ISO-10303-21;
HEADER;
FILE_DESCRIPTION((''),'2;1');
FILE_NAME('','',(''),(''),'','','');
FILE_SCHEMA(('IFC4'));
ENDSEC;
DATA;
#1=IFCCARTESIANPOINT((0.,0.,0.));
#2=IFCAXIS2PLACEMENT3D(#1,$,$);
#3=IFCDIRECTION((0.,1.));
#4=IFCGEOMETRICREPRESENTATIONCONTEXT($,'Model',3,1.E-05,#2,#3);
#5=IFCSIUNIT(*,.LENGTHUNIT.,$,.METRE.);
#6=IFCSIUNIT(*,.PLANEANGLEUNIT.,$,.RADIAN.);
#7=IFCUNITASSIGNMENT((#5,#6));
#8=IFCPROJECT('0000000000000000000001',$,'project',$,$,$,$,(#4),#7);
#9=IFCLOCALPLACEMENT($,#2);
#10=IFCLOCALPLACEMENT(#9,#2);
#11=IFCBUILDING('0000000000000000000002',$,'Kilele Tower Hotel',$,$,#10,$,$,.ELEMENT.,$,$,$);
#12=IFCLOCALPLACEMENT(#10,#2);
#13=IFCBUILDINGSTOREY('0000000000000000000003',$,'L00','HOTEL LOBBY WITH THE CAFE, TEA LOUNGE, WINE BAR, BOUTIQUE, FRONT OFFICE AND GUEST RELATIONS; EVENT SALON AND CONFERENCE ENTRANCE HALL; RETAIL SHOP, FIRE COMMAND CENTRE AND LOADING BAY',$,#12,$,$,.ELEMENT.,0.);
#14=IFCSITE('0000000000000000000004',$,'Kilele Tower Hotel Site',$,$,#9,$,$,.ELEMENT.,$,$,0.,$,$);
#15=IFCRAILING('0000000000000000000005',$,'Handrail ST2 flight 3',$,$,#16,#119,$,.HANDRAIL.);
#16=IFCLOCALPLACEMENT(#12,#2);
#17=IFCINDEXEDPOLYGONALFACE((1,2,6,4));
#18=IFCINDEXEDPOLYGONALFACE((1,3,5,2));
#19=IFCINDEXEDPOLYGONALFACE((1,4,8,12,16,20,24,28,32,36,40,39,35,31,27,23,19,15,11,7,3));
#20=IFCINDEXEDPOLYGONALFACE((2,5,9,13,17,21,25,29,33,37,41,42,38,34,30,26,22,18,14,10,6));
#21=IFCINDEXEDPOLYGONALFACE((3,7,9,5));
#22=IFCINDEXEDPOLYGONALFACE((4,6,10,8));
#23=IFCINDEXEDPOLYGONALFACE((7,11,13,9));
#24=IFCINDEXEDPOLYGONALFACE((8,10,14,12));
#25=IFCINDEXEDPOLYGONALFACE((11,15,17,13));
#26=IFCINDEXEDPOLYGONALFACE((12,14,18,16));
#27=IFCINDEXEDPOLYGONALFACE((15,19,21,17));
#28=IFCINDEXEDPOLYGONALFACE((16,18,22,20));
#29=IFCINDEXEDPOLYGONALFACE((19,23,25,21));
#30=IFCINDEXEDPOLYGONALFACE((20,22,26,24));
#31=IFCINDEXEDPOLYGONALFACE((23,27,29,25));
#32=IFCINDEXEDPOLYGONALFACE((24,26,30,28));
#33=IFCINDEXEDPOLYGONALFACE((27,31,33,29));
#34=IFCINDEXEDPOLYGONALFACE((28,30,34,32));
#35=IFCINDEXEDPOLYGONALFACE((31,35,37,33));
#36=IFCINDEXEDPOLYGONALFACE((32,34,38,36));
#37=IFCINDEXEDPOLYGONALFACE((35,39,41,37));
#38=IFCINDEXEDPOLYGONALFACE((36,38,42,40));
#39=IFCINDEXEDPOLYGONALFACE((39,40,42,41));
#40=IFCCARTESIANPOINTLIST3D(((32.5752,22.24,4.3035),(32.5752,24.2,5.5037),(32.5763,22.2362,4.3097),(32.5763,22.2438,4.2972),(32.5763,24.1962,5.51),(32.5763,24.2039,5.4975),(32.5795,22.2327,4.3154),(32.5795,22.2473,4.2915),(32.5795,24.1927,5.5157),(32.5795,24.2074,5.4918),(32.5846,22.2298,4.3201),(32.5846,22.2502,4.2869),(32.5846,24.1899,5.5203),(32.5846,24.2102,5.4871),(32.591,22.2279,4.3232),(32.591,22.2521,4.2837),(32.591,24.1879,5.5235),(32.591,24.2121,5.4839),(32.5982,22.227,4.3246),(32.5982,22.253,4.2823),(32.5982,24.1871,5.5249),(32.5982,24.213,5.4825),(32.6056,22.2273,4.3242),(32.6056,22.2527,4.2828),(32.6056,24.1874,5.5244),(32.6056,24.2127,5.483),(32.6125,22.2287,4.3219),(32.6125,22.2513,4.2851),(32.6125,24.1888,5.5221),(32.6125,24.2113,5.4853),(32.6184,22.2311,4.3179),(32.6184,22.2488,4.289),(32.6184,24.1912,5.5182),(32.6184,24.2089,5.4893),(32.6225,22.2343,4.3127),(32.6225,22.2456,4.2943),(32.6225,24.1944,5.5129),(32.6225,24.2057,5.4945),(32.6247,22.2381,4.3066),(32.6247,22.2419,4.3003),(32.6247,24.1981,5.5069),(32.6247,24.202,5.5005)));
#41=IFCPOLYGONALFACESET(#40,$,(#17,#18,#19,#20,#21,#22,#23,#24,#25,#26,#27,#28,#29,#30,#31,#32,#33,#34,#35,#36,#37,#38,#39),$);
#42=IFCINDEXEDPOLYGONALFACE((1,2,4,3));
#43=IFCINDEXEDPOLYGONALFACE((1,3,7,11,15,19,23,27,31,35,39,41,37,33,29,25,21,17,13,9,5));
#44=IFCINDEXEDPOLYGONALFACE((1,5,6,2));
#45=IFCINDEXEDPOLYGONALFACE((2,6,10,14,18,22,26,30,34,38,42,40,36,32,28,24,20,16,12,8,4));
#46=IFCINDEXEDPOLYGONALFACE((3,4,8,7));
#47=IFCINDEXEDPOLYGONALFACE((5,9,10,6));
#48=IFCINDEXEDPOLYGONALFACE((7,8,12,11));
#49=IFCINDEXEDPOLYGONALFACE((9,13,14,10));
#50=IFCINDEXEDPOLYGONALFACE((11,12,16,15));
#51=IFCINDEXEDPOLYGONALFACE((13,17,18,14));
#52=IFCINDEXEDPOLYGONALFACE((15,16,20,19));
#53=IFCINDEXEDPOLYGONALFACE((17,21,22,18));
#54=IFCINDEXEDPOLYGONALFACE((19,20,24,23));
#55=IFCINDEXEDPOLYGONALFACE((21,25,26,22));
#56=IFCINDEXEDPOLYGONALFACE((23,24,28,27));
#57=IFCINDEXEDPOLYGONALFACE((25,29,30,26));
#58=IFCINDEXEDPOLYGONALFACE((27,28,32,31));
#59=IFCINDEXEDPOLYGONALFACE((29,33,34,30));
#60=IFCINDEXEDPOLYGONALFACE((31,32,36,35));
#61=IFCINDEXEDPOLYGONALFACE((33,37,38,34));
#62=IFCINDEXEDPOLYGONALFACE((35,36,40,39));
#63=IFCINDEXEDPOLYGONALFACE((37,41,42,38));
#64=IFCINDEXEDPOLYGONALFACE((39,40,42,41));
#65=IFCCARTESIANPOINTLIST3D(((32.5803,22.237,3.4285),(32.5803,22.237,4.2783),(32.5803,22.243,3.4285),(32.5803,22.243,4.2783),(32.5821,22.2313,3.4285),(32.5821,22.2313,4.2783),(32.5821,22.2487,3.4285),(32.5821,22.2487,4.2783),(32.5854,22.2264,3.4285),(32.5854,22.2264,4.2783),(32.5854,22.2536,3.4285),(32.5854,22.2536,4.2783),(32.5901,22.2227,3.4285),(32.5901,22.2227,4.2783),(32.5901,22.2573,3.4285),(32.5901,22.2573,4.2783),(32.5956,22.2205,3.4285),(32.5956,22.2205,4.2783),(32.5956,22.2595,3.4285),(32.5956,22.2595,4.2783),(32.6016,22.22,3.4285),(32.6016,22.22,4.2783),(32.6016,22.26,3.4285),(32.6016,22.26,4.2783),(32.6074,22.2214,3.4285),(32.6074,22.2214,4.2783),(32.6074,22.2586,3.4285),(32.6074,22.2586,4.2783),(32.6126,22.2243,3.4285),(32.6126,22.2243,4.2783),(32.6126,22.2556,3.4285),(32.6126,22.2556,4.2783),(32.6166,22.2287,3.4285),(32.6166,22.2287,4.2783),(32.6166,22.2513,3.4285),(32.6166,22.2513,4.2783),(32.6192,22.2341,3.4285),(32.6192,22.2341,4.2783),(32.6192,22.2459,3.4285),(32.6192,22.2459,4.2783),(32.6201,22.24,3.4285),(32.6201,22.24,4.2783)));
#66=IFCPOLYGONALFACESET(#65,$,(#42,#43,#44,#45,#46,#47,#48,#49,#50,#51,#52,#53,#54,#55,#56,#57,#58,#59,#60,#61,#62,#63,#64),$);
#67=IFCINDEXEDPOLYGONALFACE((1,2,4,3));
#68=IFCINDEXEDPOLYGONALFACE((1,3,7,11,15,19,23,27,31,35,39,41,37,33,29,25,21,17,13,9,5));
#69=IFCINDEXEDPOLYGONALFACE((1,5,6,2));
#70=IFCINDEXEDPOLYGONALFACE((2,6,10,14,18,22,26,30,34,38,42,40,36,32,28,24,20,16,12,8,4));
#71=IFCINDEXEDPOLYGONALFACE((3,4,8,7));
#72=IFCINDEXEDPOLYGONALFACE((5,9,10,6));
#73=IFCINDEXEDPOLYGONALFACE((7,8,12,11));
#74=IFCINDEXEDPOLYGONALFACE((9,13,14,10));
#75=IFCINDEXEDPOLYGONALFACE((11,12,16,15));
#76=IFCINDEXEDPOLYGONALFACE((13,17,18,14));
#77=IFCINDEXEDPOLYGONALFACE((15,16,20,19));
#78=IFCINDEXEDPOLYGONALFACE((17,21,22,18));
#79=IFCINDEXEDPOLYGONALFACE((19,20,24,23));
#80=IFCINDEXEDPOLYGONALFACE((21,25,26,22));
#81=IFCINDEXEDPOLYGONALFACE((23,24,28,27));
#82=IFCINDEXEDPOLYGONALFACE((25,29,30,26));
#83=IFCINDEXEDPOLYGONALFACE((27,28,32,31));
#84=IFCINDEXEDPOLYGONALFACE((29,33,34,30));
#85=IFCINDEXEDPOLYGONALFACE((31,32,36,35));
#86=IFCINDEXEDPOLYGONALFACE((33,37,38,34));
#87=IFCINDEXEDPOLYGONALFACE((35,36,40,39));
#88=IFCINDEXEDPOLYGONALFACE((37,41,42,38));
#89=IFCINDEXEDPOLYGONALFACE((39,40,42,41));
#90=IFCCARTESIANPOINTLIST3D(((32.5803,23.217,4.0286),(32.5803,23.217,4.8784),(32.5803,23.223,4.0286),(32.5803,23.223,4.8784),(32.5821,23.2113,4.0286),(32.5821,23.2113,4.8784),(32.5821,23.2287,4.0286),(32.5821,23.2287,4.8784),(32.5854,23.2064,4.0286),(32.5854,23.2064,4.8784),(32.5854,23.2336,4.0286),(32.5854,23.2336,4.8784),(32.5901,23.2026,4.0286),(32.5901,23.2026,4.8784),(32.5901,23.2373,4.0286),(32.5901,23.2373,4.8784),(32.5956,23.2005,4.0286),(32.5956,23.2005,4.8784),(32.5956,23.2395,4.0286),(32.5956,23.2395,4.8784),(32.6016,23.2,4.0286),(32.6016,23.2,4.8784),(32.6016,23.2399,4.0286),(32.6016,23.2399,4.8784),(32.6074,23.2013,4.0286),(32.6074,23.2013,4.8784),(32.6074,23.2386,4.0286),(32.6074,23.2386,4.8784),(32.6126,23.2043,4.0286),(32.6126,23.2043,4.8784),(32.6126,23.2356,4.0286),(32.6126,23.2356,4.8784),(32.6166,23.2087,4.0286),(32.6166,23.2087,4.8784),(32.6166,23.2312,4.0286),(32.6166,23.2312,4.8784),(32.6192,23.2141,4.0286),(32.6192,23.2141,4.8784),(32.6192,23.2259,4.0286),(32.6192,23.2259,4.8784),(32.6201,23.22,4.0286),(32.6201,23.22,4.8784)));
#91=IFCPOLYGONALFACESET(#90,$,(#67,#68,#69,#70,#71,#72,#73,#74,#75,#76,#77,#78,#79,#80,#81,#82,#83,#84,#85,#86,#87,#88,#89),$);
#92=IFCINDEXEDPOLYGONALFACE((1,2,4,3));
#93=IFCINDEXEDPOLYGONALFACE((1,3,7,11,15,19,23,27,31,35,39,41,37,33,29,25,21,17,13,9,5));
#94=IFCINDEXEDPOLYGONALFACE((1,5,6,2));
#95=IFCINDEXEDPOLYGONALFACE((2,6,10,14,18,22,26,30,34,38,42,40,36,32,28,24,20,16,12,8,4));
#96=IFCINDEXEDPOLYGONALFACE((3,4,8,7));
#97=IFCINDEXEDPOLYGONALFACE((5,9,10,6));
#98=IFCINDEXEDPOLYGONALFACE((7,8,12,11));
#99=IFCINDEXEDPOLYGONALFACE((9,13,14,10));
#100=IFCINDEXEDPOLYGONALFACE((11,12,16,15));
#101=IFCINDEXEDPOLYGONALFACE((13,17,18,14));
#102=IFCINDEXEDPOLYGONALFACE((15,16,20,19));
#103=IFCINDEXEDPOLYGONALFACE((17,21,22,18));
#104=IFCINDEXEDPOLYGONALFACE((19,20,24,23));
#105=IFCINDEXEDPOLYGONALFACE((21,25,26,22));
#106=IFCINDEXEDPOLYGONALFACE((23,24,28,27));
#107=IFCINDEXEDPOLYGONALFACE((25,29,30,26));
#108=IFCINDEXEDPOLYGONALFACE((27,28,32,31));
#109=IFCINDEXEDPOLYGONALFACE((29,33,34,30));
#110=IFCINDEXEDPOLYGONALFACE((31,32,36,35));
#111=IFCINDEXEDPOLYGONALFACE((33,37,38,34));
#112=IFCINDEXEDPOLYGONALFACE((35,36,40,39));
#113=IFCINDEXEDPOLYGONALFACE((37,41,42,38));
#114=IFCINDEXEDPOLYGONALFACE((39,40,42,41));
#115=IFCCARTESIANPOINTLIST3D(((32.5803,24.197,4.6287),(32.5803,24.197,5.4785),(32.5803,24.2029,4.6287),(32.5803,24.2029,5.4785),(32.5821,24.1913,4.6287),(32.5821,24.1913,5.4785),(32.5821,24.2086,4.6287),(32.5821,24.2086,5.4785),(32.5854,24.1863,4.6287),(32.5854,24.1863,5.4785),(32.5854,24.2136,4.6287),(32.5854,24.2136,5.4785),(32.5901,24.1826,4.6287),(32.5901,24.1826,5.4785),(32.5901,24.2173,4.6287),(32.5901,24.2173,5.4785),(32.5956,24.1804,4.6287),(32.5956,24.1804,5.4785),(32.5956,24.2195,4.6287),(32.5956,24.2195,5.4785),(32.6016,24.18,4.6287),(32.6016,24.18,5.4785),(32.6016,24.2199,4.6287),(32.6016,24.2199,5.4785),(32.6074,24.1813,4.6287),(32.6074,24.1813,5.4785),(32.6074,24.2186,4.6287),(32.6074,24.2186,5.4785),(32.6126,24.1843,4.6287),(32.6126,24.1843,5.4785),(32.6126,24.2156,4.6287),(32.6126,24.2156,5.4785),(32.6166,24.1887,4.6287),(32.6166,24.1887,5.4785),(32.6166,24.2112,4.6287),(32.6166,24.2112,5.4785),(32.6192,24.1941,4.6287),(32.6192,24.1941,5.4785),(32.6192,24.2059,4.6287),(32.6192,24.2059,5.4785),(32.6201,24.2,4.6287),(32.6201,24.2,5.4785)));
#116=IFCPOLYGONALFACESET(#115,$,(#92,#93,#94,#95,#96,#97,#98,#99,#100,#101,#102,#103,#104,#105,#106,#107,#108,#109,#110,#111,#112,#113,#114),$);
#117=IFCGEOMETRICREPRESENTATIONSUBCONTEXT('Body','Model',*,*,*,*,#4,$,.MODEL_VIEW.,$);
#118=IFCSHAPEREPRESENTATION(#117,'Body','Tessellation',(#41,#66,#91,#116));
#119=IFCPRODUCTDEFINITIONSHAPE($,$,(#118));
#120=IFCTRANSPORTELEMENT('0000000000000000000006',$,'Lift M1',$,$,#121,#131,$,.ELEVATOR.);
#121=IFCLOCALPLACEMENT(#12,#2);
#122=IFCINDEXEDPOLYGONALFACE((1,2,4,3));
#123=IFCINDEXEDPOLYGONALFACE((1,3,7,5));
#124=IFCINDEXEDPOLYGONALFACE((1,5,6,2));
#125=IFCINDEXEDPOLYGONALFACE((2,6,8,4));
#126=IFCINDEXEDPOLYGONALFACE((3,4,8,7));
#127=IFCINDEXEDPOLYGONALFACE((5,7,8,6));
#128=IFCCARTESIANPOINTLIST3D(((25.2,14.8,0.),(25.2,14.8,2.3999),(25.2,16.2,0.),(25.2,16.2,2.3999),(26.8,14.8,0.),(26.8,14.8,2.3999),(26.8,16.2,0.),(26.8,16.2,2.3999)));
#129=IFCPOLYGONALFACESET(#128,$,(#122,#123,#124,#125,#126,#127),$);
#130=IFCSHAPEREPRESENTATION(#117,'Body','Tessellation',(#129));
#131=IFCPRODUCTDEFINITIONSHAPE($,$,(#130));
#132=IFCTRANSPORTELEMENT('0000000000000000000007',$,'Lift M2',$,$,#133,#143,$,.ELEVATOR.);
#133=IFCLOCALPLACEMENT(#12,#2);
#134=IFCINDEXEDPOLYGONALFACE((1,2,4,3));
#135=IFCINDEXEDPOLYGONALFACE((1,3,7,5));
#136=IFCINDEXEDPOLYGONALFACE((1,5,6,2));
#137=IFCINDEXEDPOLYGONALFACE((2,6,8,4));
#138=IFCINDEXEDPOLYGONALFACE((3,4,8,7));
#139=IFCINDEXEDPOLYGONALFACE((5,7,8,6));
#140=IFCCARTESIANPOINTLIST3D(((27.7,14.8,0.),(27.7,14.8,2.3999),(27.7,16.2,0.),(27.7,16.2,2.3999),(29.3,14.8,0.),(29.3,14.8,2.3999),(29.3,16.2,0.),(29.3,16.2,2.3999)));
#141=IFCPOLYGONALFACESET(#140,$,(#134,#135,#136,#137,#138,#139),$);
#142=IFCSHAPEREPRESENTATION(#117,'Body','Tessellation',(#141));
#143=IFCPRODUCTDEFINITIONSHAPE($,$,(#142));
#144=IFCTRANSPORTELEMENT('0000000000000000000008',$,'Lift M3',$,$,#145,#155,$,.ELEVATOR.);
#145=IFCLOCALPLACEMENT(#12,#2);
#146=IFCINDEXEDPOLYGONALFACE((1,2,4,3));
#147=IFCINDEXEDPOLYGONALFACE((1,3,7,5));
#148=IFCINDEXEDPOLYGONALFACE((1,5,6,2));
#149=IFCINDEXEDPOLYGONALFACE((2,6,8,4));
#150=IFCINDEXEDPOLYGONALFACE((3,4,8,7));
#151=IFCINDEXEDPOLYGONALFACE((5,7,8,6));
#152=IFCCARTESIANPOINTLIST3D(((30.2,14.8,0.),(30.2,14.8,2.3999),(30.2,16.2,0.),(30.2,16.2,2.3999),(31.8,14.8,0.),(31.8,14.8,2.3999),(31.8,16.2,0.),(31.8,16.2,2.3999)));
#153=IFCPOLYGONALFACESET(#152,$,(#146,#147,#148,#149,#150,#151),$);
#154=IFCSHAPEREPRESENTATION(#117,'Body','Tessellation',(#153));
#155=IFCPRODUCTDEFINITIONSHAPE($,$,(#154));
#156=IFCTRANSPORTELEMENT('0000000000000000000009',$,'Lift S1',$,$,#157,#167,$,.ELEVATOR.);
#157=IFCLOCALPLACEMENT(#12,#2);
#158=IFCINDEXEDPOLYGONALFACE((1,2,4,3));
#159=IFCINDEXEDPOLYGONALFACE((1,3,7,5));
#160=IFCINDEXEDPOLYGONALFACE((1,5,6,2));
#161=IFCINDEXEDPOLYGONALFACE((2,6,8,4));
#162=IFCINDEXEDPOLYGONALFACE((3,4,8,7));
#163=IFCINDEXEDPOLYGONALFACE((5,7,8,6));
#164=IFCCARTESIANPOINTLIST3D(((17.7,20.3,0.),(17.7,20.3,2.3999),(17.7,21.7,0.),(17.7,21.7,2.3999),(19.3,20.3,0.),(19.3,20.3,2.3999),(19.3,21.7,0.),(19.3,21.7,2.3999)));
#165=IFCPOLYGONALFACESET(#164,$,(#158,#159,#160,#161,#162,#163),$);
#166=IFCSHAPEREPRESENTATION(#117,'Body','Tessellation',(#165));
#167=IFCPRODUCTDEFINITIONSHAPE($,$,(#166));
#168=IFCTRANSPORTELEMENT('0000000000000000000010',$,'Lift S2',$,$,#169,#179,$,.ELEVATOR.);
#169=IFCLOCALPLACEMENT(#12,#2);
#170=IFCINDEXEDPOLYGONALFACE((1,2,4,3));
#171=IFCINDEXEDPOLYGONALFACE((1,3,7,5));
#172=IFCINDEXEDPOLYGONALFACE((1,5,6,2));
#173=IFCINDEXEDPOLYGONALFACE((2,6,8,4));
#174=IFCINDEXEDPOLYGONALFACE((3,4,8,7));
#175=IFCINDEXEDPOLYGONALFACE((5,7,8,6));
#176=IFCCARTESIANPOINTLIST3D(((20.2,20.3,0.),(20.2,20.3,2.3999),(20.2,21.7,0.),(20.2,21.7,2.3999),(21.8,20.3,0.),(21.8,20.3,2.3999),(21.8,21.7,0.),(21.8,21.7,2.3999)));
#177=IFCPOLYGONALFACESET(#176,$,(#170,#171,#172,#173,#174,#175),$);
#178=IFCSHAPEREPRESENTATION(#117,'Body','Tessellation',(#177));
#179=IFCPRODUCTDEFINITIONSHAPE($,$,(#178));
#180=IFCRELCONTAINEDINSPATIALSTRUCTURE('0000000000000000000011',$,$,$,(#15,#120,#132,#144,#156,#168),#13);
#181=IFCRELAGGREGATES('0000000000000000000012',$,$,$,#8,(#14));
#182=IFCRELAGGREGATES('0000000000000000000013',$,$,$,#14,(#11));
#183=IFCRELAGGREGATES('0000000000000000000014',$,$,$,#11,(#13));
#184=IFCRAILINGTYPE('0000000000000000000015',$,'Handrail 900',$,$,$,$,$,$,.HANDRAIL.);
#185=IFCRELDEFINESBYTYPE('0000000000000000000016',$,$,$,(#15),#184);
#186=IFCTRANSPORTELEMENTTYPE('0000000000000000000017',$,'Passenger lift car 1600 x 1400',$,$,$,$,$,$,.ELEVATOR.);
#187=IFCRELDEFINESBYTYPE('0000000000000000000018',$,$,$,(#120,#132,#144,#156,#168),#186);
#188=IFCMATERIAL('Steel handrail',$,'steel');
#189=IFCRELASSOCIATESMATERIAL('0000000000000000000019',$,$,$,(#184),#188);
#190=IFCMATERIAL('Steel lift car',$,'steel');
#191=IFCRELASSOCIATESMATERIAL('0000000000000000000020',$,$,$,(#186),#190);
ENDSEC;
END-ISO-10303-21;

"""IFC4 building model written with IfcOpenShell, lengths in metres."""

from ifc_helpers import new_model, si_unit, direction, frame, origin, origin_2d, place, context, subcontext, project, spatial, rectangle, circle, extrude, material, type_object, element, save


model = new_model("IFC4")

# Units and contexts
model_context = context("Model", 3, precision=1e-05, world=origin(), true_north=direction((0.0, 1.0)))
body_context = subcontext(model_context, "Body", "Model", "MODEL_VIEW")
ifc_project = project(units=[si_unit("LENGTHUNIT", "METRE"), si_unit("PLANEANGLEUNIT", "RADIAN")], contexts=[model_context])

# Site, building, storey
site_placement = place(None, origin())
site = spatial("IfcSite", under=ifc_project, at=site_placement, Name="Kilele Tower Hotel Site", CompositionType="ELEMENT", RefElevation=0.0)
building_placement = place(site_placement, origin())
building = spatial("IfcBuilding", under=site, at=building_placement, Name="Kilele Tower Hotel", CompositionType="ELEMENT")
storey_placement = place(building_placement, origin())
storey = spatial("IfcBuildingStorey", under=building, at=storey_placement, Name="L00", Description="HOTEL LOBBY WITH THE CAFE, TEA LOUNGE, WINE BAR, BOUTIQUE, FRONT OFFICE AND GUEST RELATIONS; EVENT SALON AND CONFERENCE ENTRANCE HALL; RETAIL SHOP, FIRE COMMAND CENTRE AND LOADING BAY", CompositionType="ELEMENT", Elevation=0.0)

# Railing
ifc_material_1 = material(Name="Steel handrail", Category="steel")
railing_type_1 = type_object("IfcRailingType", Name="Handrail 900", PredefinedType="HANDRAIL", material=ifc_material_1)
railing_1_placement = place(storey_placement, frame((32.6001, 22.24, 3.4285)))
element("IfcRailing", 1, at=railing_1_placement, inside=storey, type_object=railing_type_1, Name="Handrail ST2 flight 3", PredefinedType="HANDRAIL", context=body_context, shape_type="SweptSolid", body=[
    extrude(circle(Radius=0.0249, at=origin_2d()), frame((0.0, 0.0, 0.875), z_axis=(0.0, 0.852809, 0.522223), x_axis=(-1.0, 0.0, 0.0)), (0.0, 0.0, 1.0), 2.2983),
    extrude(circle(Radius=0.02, at=origin_2d()), origin(), (0.0, 0.0, 1.0), 0.8499),
    extrude(circle(Radius=0.02, at=origin_2d()), frame((0.0, 0.98, 0.6001)), (0.0, 0.0, 1.0), 0.8499),
    extrude(circle(Radius=0.02, at=origin_2d()), frame((0.0, 1.96, 1.2002)), (0.0, 0.0, 1.0), 0.8499),
])

# Transport elements
ifc_material_2 = material(Name="Steel lift car", Category="steel")
transport_element_type = type_object("IfcTransportElementType", Name="Passenger lift car 1600 x 1400", PredefinedType="ELEVATOR", material=ifc_material_2)
for number, where, z_axis, x_axis, name in (
    (2, (26.0, 15.5, 0.0), (0.0, 0.0, 1.0), (1.0, 0.0, 0.0), "Lift M1"),
    (3, (28.5, 15.5, 0.0), (0.0, 0.0, 1.0), (1.0, 0.0, 0.0), "Lift M2"),
    (4, (31.0, 15.5, 0.0), (0.0, 0.0, 1.0), (1.0, 0.0, 0.0), "Lift M3"),
    (5, (18.5, 21.0, 0.0), (0.0, 0.0, 1.0), (1.0, 0.0, 0.0), "Lift S1"),
    (6, (21.0, 21.0, 0.0), (0.0, 0.0, 1.0), (1.0, 0.0, 0.0), "Lift S2"),
):
    element("IfcTransportElement", number, at=place(storey_placement, frame(where, z_axis=z_axis, x_axis=x_axis)), inside=storey, type_object=transport_element_type, Name=name, PredefinedType="ELEVATOR", context=body_context, shape_type="SweptSolid", body=[
        extrude(rectangle(XDim=1.6001, YDim=1.3999, at=origin_2d()), origin(), (0.0, 0.0, 1.0), 2.3999),
    ])

save(model, "model.ifc")
